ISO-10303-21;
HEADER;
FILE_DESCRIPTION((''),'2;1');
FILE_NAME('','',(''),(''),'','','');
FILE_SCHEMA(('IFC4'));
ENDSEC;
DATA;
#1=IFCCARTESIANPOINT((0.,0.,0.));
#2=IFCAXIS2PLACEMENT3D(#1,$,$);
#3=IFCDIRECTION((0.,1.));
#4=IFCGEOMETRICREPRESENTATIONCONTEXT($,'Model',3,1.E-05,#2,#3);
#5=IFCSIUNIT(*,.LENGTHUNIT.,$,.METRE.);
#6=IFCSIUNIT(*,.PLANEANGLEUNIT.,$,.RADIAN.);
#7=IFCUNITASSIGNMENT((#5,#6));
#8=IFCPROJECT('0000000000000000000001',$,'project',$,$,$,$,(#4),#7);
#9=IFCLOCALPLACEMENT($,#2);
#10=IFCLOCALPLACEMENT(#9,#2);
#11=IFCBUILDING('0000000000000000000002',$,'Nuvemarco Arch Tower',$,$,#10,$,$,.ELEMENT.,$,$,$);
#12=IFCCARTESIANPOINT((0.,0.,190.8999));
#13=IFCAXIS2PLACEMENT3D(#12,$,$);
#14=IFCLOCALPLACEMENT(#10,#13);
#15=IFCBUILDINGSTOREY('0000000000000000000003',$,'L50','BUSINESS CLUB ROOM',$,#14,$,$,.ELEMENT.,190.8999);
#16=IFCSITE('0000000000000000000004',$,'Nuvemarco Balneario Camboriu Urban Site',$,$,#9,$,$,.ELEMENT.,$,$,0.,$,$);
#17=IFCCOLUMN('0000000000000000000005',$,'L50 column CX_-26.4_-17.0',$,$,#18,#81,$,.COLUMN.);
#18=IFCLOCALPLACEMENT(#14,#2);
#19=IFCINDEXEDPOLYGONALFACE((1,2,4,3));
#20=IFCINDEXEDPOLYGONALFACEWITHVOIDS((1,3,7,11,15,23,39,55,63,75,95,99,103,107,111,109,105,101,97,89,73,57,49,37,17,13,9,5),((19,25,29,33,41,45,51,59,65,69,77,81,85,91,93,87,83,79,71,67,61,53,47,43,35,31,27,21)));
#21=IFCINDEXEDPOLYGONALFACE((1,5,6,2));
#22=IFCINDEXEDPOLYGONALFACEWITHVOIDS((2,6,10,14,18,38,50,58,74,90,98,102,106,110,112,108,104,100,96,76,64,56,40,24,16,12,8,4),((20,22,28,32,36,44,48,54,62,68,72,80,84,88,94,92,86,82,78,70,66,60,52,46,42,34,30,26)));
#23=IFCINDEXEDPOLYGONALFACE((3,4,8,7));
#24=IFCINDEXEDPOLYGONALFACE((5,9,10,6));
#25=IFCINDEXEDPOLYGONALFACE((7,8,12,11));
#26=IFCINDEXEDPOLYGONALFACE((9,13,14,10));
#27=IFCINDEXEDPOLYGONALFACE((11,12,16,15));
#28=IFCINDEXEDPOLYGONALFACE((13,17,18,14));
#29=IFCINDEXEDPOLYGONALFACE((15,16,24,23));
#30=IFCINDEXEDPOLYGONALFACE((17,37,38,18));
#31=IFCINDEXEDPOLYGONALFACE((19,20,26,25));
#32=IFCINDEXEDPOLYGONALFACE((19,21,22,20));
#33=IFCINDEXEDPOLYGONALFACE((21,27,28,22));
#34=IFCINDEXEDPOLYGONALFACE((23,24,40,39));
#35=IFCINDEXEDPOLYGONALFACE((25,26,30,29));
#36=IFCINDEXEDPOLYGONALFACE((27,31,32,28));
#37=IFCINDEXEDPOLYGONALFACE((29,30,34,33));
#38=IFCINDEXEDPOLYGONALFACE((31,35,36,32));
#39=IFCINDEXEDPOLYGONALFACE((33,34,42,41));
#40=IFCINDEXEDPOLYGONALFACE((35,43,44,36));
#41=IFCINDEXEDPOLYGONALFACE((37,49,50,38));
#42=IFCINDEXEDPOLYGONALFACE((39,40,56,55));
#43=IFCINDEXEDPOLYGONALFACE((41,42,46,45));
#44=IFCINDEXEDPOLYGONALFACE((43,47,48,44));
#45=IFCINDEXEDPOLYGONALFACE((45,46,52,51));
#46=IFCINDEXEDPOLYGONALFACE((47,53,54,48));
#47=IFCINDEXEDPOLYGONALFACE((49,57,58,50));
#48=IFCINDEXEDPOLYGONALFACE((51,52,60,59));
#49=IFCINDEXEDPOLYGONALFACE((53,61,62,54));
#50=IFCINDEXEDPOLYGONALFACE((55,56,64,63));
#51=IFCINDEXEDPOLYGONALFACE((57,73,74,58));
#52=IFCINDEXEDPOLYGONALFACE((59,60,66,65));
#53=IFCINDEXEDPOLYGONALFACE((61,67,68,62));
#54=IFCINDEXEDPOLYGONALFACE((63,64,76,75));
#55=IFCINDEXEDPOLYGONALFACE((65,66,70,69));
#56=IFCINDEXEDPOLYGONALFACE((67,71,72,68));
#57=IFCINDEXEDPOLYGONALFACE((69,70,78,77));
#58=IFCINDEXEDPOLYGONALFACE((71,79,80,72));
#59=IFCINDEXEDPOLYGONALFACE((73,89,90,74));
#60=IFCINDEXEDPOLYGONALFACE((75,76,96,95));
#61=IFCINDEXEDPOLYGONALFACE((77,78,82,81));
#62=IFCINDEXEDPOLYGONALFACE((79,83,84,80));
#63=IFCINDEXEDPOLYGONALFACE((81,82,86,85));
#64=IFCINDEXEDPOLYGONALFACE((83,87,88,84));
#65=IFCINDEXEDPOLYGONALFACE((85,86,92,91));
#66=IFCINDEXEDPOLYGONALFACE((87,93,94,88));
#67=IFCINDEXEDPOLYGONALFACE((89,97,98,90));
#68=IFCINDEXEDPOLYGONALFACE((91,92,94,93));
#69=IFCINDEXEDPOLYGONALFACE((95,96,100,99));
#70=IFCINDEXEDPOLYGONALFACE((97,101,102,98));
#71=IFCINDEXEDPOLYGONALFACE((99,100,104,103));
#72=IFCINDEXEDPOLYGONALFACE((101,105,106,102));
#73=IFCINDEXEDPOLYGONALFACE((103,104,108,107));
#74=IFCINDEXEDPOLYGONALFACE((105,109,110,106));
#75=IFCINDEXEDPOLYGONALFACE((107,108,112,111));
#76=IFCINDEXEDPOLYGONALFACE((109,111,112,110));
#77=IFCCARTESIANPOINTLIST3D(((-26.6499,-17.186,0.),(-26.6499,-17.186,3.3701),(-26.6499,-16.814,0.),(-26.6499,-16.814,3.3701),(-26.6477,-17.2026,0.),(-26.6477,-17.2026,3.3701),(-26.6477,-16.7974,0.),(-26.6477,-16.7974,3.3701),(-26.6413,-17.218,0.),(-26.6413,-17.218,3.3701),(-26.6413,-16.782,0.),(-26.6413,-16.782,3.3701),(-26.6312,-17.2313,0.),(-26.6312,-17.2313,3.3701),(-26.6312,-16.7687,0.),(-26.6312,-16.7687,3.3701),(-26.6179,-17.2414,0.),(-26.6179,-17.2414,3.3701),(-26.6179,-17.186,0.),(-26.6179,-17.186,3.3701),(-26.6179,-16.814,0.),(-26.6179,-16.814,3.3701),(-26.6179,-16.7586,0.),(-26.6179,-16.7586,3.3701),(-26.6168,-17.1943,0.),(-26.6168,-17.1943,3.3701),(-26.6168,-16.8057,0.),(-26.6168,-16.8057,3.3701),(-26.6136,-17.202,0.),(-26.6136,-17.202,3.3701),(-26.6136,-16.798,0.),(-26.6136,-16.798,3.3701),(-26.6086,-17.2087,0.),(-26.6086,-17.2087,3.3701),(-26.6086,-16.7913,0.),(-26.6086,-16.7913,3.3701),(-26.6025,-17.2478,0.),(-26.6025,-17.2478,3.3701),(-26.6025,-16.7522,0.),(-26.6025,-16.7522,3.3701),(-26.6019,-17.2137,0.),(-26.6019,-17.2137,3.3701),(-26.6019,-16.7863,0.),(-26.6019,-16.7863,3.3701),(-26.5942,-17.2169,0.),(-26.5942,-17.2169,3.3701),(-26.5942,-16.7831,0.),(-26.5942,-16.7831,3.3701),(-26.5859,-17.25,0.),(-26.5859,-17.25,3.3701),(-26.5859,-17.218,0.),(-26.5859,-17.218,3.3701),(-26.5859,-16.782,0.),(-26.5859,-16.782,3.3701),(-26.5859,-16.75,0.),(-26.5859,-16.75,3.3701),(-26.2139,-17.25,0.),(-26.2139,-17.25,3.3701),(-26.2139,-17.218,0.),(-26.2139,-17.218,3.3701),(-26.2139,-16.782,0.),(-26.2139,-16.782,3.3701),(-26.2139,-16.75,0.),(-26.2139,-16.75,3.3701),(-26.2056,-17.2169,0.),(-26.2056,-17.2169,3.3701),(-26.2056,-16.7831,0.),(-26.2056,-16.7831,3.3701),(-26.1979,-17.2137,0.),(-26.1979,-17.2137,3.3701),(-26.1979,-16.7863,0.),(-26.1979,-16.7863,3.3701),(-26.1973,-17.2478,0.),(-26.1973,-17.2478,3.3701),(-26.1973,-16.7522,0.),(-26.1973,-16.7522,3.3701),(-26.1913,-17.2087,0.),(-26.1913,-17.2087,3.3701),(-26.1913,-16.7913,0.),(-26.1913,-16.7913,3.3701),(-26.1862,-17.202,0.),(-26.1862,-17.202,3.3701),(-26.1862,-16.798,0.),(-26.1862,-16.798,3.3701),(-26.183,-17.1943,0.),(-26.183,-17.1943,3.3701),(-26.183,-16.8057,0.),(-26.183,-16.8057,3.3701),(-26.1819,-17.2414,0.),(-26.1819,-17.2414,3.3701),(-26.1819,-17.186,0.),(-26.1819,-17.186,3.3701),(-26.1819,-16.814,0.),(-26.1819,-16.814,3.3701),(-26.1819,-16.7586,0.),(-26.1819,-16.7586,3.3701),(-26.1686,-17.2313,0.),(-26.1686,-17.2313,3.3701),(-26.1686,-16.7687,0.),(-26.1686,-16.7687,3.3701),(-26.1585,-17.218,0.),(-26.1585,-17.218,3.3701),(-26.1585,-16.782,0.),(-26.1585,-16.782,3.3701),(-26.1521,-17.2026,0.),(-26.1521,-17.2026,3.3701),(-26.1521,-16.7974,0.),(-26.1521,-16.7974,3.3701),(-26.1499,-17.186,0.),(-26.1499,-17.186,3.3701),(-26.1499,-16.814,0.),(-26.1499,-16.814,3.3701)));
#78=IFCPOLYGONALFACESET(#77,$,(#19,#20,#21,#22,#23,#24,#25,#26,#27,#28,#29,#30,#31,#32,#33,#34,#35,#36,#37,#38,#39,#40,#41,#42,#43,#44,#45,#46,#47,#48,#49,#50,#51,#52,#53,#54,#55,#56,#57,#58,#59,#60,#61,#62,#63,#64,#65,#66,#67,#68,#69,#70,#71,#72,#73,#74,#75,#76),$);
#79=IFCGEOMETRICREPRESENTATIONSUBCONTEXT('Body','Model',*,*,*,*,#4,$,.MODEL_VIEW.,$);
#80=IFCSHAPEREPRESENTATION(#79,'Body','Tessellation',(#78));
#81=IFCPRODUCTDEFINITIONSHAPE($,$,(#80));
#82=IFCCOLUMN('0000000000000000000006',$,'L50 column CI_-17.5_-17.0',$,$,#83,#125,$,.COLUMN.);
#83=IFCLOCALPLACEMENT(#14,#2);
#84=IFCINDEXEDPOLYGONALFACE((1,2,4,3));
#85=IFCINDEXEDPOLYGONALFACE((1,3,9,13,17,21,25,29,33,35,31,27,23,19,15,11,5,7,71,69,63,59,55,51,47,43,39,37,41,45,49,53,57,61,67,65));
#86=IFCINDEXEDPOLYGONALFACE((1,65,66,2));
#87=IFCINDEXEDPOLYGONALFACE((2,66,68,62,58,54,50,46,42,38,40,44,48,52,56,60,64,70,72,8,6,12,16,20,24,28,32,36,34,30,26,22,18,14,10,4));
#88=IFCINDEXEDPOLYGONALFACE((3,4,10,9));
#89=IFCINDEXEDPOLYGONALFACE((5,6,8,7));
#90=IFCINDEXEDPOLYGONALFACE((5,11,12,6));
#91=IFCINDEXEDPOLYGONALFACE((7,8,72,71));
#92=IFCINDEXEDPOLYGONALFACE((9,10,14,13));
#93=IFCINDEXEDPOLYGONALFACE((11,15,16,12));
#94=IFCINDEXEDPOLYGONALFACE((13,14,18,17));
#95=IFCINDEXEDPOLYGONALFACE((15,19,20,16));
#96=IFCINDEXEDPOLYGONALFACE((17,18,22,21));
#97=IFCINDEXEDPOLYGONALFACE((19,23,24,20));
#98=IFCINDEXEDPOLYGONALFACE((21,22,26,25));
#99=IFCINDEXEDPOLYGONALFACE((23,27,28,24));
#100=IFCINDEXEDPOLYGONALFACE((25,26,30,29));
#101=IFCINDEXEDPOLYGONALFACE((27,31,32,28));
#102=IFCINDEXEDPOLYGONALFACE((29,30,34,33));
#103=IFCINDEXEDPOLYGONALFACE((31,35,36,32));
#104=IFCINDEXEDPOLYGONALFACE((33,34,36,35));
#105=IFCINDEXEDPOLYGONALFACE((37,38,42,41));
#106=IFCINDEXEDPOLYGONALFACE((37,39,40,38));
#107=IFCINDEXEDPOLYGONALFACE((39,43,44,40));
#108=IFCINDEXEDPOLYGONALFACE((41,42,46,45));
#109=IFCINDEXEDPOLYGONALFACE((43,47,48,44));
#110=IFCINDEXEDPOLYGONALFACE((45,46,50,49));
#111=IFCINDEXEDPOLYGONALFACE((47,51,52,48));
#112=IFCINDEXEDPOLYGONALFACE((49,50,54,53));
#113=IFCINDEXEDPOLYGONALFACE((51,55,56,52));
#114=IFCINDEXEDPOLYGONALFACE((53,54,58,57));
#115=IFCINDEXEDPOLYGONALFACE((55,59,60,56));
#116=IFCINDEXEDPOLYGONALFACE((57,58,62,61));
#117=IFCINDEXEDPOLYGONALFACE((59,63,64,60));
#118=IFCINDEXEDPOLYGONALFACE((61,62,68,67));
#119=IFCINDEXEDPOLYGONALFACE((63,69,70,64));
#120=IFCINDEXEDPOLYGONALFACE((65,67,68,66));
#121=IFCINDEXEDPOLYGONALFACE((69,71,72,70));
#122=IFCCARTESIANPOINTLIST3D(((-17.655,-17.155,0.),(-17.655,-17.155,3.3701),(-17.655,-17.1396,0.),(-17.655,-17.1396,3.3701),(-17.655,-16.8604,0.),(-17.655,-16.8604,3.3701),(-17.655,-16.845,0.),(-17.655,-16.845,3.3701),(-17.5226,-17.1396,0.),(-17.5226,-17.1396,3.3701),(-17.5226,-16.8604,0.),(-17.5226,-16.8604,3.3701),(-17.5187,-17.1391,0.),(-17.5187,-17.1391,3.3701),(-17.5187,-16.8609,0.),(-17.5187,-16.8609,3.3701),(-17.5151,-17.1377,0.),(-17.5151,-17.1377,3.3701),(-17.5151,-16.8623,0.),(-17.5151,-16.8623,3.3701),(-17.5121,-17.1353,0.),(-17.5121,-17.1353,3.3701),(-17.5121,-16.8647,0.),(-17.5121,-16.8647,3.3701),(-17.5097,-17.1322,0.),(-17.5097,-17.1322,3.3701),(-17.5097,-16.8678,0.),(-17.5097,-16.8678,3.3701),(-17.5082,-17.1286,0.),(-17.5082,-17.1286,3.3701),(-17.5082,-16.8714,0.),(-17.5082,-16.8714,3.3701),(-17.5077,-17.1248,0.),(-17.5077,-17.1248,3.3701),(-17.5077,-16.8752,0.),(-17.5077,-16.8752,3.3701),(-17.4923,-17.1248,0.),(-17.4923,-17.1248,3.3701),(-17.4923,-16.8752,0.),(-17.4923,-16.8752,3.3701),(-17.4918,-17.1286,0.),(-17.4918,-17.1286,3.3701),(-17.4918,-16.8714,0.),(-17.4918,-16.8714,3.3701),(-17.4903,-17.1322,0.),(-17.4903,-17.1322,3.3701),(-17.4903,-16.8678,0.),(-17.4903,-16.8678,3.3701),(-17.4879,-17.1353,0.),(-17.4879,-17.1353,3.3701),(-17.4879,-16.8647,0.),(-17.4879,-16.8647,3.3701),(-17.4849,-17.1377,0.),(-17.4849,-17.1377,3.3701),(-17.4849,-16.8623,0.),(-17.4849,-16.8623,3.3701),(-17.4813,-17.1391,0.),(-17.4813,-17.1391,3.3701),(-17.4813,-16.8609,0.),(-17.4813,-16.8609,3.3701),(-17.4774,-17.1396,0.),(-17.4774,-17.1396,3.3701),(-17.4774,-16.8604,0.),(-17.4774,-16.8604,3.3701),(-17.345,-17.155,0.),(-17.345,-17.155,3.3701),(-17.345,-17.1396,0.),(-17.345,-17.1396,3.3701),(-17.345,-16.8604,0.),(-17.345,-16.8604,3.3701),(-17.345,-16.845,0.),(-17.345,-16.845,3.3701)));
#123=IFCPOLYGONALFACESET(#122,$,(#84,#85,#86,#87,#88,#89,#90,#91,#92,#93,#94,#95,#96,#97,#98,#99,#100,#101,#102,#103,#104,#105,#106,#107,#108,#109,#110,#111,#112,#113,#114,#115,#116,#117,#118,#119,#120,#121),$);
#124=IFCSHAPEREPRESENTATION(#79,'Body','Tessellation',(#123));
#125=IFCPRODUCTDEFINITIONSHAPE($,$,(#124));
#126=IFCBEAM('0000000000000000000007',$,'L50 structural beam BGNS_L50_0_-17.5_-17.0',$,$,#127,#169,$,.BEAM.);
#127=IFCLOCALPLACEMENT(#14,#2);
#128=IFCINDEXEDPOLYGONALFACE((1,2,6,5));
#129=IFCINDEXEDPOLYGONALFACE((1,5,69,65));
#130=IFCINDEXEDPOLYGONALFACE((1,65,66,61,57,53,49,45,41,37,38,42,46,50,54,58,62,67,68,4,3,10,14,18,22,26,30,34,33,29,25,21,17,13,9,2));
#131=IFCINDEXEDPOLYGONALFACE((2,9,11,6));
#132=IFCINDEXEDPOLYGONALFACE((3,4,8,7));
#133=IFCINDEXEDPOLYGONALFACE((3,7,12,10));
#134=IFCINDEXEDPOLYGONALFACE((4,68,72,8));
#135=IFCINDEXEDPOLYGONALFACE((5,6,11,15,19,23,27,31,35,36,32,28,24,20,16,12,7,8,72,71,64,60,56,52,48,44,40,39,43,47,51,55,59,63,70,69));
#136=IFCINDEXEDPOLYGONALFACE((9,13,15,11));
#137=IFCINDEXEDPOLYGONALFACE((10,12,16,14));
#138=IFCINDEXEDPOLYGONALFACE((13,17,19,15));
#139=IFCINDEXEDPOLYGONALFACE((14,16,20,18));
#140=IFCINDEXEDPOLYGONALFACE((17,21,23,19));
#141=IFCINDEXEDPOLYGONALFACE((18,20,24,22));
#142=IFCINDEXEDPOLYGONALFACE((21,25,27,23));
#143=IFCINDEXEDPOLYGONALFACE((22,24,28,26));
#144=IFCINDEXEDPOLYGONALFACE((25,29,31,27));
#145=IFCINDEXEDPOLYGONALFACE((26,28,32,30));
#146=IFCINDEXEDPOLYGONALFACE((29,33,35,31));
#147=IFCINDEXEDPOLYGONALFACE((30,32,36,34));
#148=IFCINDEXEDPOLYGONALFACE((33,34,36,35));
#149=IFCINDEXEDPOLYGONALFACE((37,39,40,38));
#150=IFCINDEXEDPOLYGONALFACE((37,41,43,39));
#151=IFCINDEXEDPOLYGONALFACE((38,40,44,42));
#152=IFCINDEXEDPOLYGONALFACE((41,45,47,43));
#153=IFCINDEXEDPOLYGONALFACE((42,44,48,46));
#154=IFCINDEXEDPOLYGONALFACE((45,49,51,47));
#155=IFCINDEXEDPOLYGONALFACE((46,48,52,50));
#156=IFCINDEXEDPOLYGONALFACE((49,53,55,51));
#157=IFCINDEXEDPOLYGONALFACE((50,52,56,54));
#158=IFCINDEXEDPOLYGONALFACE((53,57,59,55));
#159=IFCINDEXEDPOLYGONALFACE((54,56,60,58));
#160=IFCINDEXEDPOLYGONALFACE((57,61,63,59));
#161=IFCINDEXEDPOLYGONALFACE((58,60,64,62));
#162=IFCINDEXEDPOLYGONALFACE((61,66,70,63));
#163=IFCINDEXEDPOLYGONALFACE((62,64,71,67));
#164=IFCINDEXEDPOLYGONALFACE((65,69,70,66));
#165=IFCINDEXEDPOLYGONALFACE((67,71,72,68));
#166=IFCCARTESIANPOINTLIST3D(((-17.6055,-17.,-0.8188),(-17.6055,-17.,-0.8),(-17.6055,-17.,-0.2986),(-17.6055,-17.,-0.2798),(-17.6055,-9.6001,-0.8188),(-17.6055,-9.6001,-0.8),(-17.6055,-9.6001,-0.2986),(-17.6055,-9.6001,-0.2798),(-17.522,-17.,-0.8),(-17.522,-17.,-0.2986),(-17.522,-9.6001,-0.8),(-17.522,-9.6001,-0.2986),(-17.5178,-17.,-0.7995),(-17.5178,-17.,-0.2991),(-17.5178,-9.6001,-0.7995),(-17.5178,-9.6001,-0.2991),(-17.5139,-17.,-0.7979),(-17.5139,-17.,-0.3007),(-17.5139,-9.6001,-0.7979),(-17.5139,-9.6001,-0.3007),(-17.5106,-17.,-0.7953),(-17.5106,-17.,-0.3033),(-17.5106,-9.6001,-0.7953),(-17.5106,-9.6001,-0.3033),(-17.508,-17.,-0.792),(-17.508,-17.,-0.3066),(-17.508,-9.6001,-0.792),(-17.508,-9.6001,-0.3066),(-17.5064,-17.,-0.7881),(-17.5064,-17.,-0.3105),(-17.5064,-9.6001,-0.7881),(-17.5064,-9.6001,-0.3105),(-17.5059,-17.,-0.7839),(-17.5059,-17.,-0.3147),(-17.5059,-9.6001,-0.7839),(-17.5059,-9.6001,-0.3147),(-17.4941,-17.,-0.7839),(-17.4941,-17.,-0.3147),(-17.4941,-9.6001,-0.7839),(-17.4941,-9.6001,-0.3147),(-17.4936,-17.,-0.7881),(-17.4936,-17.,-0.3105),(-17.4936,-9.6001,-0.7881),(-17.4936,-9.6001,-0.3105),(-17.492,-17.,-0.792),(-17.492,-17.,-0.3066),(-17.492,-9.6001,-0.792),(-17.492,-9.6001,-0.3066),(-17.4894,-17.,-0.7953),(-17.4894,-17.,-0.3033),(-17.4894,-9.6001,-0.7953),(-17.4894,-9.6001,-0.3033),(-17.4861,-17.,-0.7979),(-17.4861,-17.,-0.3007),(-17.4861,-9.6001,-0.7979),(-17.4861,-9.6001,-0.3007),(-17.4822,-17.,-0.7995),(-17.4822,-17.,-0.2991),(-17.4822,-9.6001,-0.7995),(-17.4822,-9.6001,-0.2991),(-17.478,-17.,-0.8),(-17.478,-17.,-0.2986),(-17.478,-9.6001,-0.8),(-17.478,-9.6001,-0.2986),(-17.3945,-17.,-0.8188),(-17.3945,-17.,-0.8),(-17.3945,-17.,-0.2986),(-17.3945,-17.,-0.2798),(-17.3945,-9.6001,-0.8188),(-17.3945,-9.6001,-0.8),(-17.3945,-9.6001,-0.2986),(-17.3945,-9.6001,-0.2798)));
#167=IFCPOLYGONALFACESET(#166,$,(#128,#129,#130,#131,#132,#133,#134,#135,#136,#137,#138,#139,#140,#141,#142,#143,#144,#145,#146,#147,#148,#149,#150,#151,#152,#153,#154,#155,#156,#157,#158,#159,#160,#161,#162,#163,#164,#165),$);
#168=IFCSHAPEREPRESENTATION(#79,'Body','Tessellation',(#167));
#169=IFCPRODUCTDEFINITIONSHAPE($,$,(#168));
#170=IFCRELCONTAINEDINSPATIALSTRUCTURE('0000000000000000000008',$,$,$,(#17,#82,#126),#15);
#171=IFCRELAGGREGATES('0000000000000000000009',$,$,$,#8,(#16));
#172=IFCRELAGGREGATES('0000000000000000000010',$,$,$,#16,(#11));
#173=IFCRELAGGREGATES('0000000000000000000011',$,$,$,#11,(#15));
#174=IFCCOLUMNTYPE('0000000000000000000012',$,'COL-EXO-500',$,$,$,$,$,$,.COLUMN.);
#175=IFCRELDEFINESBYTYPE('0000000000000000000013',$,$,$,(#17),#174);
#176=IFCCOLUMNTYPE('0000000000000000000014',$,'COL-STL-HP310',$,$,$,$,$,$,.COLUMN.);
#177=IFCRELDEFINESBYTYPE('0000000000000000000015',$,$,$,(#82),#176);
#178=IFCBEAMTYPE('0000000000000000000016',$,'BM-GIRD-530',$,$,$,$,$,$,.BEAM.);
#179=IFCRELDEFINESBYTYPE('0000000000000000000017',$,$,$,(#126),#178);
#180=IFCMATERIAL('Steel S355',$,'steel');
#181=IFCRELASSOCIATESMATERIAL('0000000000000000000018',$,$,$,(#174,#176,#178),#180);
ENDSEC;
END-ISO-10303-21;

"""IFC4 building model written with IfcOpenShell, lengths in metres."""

from ifc_helpers import new_model, si_unit, direction, frame, origin, origin_2d, place, context, subcontext, project, spatial, hollow_rectangle, i_section, extrude, material, material_profile, profile_set, type_object, element, save


model = new_model("IFC4")

# Units and contexts
model_context = context("Model", 3, precision=1e-05, world=origin(), true_north=direction((0.0, 1.0)))
body_context = subcontext(model_context, "Body", "Model", "MODEL_VIEW")
ifc_project = project(units=[si_unit("LENGTHUNIT", "METRE"), si_unit("PLANEANGLEUNIT", "RADIAN")], contexts=[model_context])

# Site, building, storey
site_placement = place(None, origin())
site = spatial("IfcSite", under=ifc_project, at=site_placement, Name="Nuvemarco Balneario Camboriu Urban Site", CompositionType="ELEMENT", RefElevation=0.0)
building_placement = place(site_placement, origin())
building = spatial("IfcBuilding", under=site, at=building_placement, Name="Nuvemarco Arch Tower", CompositionType="ELEMENT")
storey_placement = place(building_placement, frame((0.0, 0.0, 190.8999)))
storey = spatial("IfcBuildingStorey", under=building, at=storey_placement, Name="L50", Description="BUSINESS CLUB ROOM", CompositionType="ELEMENT", Elevation=190.8999)

# Columns
ifc_material_1 = material(Name="Steel S355", Category="steel")
ifc_material_profile_1 = material_profile(ifc_material_1, hollow_rectangle(XDim=0.5, YDim=0.5, WallThickness=0.032, InnerFilletRadius=0.032, OuterFilletRadius=0.064, at=origin_2d()), Name="SHS500x500x32")
ifc_profile_set_1 = profile_set([ifc_material_profile_1], Name="Steel S355")
column_type_1 = type_object("IfcColumnType", Name="COL-EXO-500", PredefinedType="COLUMN", material=ifc_profile_set_1)
column_1_placement = place(storey_placement, frame((-26.3999, -17.0, 0.0), z_axis=(0.0, 0.0, 1.0), x_axis=(1.0, 0.0, 0.0)))
element("IfcColumn", 1, at=column_1_placement, inside=storey, type_object=column_type_1, Name="L50 column CX_-26.4_-17.0", PredefinedType="COLUMN", context=body_context, shape_type="SweptSolid", body=[
    extrude(hollow_rectangle(XDim=0.5, YDim=0.5, WallThickness=0.032, InnerFilletRadius=0.032, OuterFilletRadius=0.064, at=origin_2d()), origin(), (0.0, 0.0, 1.0), 3.3701),
])
ifc_material_profile_2 = material_profile(ifc_material_1, i_section(OverallWidth=0.3101, OverallDepth=0.3101, WebThickness=0.0154, FlangeThickness=0.0154, FilletRadius=0.0149, at=origin_2d()), Name="HP310x110")
ifc_profile_set_2 = profile_set([ifc_material_profile_2], Name="Steel S355")
column_type_2 = type_object("IfcColumnType", Name="COL-STL-HP310", PredefinedType="COLUMN", material=ifc_profile_set_2)
column_2_placement = place(storey_placement, frame((-17.5, -17.0, 0.0), z_axis=(0.0, 0.0, 1.0), x_axis=(1.0, 0.0, 0.0)))
element("IfcColumn", 2, at=column_2_placement, inside=storey, type_object=column_type_2, Name="L50 column CI_-17.5_-17.0", PredefinedType="COLUMN", context=body_context, shape_type="SweptSolid", body=[
    extrude(i_section(OverallWidth=0.3101, OverallDepth=0.3101, WebThickness=0.0154, FlangeThickness=0.0154, FilletRadius=0.0149, at=origin_2d()), origin(), (0.0, 0.0, 1.0), 3.3701),
])

# Beam
ifc_material_profile_3 = material_profile(ifc_material_1, i_section(OverallWidth=0.2109, OverallDepth=0.5391, WebThickness=0.0117, FlangeThickness=0.0188, FilletRadius=0.0161, at=origin_2d()), Name="W530x109")
ifc_profile_set_3 = profile_set([ifc_material_profile_3], Name="Steel S355")
beam_type_1 = type_object("IfcBeamType", Name="BM-GIRD-530", PredefinedType="BEAM", material=ifc_profile_set_3)
beam_1_placement = place(storey_placement, frame((-17.5, -17.0, -0.5493), z_axis=(0.0, 1.0, 0.0), x_axis=(-1.0, 0.0, 0.0)))
element("IfcBeam", 3, at=beam_1_placement, inside=storey, type_object=beam_type_1, Name="L50 structural beam BGNS_L50_0_-17.5_-17.0", PredefinedType="BEAM", context=body_context, shape_type="SweptSolid", body=[
    extrude(i_section(OverallWidth=0.2109, OverallDepth=0.5391, WebThickness=0.0117, FlangeThickness=0.0188, FilletRadius=0.0161, at=origin_2d()), origin(), (0.0, 0.0, 1.0), 7.3999),
])

save(model, "model.ifc")
